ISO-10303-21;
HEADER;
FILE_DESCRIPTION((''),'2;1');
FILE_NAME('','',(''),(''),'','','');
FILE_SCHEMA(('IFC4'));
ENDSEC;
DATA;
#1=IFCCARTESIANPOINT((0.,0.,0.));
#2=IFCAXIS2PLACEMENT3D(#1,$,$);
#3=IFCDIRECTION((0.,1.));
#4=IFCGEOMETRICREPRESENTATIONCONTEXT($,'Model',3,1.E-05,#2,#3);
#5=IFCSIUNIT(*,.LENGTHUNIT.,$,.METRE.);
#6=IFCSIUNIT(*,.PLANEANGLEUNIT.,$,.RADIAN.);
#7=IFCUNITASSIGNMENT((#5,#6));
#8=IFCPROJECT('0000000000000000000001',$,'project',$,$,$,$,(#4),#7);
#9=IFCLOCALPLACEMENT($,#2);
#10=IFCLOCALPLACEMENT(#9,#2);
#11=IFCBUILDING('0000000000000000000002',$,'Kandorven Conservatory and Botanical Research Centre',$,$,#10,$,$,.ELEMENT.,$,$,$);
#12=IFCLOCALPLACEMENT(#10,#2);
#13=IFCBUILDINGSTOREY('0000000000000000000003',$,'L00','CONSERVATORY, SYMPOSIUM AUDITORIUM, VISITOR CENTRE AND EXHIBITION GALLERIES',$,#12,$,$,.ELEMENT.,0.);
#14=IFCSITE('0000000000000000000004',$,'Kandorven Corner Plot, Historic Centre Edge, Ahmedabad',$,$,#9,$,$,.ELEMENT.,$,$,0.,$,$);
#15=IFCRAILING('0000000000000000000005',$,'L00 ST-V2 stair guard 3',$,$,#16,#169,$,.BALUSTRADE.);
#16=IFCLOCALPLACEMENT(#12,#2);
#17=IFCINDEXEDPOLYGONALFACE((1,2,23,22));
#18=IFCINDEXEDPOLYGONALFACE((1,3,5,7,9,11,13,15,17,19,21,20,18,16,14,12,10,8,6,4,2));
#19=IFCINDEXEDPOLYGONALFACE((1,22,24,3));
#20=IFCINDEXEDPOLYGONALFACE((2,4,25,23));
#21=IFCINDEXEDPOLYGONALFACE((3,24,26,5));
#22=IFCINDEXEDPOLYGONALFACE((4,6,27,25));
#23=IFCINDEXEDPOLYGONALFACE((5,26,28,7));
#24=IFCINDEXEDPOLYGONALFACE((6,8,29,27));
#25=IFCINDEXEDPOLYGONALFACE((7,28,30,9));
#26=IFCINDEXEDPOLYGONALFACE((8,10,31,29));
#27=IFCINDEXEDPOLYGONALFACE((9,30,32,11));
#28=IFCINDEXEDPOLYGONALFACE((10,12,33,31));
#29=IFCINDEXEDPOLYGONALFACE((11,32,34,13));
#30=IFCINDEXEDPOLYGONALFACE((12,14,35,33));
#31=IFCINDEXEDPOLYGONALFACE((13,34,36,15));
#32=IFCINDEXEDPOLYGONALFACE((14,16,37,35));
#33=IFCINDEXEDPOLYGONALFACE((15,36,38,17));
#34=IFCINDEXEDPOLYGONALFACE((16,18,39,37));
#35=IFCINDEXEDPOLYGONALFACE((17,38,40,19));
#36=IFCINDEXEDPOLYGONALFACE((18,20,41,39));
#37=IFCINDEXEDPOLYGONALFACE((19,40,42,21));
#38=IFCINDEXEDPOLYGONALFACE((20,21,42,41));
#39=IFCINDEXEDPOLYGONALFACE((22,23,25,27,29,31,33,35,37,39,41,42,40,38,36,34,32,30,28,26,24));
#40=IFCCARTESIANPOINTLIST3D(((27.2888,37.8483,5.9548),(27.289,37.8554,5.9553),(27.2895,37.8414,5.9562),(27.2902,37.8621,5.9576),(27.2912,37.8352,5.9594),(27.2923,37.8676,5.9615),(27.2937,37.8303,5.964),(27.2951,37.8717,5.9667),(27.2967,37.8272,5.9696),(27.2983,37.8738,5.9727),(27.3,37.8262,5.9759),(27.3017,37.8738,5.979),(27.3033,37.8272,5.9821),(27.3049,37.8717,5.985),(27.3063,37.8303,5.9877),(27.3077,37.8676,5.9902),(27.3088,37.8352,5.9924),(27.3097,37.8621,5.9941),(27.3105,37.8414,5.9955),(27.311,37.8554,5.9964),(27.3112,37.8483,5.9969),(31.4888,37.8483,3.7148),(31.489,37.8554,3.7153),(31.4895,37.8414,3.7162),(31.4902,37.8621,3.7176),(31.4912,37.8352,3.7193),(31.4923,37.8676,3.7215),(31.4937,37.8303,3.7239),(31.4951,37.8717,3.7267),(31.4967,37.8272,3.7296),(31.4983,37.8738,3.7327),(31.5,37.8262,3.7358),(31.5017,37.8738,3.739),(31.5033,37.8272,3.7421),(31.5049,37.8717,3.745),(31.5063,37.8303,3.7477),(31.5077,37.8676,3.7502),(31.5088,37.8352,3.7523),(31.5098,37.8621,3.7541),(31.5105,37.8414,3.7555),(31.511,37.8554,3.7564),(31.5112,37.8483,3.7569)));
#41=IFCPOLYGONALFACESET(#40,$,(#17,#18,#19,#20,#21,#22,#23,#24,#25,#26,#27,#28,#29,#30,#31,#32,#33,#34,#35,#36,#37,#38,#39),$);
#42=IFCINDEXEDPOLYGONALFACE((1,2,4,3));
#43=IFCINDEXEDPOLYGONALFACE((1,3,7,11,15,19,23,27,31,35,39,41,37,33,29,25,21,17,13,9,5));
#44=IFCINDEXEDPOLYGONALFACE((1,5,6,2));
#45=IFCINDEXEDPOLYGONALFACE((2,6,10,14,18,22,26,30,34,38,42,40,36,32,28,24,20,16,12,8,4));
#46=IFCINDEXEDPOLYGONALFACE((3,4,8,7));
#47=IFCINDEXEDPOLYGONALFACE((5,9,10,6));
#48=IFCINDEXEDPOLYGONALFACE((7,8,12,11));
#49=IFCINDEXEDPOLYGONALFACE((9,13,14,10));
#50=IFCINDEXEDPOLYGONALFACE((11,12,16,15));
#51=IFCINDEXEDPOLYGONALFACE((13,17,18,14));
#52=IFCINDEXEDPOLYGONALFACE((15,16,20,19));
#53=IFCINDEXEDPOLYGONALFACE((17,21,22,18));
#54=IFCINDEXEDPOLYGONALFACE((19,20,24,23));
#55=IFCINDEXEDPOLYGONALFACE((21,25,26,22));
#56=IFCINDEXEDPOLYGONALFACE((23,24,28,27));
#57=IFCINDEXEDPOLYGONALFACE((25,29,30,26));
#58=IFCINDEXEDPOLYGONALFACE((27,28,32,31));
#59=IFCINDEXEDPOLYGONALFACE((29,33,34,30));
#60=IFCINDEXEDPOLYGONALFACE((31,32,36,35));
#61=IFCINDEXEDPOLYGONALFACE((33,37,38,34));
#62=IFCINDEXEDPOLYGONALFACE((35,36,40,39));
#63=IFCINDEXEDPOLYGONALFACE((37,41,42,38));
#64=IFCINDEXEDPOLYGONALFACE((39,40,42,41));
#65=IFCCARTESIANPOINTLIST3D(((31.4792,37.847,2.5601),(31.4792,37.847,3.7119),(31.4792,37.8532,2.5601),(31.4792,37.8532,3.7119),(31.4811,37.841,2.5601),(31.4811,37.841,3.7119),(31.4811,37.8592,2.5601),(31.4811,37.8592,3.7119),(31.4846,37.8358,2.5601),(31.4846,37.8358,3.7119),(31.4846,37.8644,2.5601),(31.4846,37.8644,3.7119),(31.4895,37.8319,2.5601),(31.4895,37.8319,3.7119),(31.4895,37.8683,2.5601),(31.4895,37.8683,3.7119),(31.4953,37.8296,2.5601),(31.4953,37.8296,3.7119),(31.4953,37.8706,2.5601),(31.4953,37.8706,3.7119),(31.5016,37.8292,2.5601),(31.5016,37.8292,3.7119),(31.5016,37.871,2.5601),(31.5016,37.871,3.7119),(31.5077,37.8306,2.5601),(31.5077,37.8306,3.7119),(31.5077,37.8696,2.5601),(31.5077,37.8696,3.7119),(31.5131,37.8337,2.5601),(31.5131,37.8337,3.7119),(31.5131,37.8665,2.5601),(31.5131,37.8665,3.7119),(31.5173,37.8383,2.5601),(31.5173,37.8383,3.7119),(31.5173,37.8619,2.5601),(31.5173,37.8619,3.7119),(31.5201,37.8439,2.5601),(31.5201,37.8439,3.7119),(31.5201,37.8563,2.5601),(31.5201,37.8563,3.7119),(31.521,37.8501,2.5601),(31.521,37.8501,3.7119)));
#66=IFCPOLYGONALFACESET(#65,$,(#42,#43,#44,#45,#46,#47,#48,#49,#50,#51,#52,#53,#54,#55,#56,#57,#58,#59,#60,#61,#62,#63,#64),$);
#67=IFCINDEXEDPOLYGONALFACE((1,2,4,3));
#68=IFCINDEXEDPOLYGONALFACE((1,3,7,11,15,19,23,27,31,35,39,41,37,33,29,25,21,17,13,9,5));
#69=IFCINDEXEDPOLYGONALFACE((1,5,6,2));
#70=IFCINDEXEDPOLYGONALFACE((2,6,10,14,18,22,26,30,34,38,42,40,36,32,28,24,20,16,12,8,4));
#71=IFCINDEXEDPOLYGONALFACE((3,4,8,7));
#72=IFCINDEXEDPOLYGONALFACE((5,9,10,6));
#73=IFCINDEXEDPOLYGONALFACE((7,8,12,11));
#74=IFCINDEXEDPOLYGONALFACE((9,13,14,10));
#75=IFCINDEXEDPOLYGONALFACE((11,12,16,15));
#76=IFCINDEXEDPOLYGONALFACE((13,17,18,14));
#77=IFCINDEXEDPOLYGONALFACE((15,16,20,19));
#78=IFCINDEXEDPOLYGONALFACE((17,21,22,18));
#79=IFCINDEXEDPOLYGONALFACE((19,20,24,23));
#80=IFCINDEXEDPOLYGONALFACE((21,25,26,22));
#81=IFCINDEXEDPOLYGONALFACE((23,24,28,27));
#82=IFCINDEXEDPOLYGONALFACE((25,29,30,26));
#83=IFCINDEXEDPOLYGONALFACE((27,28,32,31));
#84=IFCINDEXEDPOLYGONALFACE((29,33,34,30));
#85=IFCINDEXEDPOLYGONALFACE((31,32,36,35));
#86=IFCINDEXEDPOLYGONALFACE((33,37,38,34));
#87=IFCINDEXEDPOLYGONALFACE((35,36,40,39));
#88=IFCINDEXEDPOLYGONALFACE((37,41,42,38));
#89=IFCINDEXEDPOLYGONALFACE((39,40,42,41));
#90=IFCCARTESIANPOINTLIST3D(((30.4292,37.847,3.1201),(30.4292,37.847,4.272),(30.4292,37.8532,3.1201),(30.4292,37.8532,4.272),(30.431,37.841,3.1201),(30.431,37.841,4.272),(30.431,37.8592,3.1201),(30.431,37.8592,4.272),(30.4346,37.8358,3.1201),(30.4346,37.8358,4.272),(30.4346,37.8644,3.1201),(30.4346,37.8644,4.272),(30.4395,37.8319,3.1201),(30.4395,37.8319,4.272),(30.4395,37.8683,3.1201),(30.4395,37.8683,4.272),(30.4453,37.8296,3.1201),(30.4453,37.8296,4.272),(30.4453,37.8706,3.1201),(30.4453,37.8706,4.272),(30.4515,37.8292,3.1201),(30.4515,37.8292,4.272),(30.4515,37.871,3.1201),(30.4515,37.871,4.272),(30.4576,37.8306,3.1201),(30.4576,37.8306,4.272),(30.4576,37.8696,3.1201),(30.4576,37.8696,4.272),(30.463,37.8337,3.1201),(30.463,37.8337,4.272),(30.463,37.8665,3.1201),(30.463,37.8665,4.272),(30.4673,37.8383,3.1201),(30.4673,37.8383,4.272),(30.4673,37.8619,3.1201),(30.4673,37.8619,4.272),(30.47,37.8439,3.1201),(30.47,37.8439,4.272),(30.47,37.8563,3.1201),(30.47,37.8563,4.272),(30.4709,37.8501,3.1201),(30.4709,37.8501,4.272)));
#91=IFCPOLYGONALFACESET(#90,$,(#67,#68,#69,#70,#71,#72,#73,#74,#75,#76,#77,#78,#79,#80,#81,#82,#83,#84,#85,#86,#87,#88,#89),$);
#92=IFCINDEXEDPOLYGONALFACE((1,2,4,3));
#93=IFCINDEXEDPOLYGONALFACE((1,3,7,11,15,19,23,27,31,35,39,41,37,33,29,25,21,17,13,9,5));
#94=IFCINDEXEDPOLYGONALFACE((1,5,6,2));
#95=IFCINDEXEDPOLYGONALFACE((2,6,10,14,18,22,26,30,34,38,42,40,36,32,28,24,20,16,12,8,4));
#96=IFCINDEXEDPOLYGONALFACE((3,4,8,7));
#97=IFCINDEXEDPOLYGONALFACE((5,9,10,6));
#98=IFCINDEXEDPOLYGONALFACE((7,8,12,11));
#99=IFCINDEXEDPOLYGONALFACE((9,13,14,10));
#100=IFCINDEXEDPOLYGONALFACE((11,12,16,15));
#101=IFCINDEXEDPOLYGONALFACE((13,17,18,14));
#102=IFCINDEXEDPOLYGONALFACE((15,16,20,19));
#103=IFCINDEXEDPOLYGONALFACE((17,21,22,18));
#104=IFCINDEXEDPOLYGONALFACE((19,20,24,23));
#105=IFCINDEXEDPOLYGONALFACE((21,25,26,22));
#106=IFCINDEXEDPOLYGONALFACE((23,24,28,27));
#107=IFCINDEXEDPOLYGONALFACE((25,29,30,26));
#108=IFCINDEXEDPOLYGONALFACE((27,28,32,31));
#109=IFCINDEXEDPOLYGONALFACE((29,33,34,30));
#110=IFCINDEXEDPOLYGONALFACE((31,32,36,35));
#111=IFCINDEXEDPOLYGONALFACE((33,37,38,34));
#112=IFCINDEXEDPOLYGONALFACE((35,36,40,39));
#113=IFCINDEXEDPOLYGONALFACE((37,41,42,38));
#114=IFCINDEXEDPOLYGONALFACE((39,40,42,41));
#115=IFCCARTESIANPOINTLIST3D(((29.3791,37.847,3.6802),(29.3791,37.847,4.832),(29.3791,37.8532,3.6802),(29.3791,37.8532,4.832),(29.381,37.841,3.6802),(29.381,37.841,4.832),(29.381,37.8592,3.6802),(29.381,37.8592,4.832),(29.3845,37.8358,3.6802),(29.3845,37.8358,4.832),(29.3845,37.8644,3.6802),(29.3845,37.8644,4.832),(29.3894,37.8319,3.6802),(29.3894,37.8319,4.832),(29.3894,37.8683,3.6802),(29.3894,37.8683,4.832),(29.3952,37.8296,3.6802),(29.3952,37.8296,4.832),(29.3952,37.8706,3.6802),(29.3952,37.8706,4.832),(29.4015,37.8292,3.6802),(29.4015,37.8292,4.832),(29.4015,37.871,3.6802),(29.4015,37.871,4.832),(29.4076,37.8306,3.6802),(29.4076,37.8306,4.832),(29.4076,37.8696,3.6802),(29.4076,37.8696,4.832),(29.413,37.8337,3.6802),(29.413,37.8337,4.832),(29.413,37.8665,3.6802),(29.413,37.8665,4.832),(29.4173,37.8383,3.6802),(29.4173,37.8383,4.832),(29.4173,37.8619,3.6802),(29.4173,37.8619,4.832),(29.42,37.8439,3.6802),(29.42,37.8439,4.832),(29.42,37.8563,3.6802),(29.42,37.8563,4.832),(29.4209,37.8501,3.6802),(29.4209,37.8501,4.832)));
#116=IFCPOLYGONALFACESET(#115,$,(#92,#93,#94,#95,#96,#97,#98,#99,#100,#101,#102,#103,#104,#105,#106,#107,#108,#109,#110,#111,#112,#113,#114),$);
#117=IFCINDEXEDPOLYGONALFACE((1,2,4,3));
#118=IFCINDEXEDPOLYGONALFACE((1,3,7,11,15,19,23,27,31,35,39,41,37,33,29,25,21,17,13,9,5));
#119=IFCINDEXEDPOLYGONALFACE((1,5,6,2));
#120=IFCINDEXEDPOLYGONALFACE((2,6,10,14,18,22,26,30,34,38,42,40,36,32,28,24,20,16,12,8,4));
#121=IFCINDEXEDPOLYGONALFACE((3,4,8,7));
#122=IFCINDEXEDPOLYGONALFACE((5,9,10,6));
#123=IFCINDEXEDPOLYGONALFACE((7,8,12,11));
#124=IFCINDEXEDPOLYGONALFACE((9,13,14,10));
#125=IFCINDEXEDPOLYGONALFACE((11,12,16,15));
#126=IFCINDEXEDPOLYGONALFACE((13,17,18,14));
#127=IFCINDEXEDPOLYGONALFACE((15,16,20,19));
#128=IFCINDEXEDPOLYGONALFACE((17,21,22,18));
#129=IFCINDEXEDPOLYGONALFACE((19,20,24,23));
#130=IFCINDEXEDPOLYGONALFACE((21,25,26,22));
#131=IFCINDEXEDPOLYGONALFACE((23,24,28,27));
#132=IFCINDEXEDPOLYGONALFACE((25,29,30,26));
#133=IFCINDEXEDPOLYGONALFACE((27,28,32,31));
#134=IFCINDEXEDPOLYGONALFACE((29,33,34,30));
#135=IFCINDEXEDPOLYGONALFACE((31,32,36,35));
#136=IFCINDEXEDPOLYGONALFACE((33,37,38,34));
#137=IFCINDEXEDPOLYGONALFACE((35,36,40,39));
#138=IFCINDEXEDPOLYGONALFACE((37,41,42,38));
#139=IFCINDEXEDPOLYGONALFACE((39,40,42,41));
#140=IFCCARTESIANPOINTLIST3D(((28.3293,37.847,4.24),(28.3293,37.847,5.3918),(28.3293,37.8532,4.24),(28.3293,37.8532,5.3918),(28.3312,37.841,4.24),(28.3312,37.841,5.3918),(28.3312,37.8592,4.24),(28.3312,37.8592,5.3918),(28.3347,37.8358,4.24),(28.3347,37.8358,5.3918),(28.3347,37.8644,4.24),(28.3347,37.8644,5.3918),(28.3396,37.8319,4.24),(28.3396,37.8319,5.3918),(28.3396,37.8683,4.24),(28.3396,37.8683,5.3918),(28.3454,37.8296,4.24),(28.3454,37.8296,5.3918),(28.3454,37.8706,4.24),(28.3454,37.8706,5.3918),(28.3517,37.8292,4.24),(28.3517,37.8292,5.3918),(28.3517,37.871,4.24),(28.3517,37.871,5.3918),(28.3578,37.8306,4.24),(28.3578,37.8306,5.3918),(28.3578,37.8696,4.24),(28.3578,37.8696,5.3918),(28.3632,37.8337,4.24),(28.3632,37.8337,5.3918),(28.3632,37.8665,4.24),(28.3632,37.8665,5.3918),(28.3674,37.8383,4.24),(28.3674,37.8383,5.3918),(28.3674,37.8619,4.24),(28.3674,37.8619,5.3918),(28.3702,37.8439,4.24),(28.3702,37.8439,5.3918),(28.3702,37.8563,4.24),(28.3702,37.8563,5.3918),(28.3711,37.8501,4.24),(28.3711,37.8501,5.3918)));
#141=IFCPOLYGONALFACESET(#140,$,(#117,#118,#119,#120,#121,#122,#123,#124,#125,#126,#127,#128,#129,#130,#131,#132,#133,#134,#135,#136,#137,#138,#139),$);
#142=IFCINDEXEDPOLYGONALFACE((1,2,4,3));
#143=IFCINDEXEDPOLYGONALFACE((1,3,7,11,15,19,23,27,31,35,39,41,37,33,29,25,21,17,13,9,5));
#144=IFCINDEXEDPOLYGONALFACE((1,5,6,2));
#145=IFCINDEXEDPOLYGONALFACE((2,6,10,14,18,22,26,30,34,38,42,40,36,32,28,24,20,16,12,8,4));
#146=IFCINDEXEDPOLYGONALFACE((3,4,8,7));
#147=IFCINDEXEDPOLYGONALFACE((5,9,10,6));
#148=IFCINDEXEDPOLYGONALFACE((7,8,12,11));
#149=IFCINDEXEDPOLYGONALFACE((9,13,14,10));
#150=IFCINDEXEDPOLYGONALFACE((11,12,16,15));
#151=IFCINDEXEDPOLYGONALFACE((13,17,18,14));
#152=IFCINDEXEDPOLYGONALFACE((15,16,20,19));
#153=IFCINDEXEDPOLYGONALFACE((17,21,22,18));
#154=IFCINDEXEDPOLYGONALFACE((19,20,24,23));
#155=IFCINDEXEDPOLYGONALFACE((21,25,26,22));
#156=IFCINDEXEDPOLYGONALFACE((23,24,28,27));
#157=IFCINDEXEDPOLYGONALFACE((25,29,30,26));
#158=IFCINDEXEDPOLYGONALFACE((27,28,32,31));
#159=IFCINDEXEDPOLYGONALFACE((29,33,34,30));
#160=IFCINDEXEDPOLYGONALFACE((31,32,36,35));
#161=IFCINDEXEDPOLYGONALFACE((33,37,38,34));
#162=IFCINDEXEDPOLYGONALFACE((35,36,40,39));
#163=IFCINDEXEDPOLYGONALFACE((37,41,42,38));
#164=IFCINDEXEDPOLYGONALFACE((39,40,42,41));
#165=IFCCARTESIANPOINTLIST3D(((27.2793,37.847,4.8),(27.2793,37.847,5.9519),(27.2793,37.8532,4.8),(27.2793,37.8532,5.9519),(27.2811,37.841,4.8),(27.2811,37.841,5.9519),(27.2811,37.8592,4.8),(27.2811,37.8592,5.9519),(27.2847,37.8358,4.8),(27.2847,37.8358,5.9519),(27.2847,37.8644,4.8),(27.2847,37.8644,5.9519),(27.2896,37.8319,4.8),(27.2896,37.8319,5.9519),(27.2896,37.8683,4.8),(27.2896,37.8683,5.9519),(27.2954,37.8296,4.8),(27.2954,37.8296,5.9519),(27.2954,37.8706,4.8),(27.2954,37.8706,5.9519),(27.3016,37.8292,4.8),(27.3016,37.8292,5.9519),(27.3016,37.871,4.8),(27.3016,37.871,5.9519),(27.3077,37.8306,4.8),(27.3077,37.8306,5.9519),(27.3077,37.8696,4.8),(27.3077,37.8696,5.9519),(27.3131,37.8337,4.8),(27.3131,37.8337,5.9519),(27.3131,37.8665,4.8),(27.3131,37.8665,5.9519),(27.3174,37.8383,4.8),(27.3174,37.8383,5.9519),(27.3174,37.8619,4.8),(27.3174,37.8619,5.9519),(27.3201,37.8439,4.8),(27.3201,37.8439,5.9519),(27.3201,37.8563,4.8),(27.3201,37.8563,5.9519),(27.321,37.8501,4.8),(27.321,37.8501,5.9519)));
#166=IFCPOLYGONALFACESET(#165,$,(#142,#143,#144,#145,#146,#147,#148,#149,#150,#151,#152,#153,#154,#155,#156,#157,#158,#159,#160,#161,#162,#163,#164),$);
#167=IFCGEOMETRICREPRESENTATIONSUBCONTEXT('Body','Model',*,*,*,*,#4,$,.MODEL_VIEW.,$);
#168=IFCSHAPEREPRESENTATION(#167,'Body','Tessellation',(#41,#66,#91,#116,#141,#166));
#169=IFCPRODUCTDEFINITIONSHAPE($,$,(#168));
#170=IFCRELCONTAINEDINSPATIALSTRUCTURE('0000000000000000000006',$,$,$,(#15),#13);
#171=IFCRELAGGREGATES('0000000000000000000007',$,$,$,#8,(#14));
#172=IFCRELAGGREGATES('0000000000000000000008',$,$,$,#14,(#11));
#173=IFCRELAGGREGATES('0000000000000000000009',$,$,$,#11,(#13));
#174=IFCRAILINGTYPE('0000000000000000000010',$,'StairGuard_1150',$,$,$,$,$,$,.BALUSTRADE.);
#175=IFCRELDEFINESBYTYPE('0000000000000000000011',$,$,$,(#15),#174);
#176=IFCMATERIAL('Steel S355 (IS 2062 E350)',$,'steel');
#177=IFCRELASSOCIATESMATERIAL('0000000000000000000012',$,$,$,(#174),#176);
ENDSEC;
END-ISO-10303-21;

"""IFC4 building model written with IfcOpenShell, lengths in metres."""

from ifc_helpers import new_model, si_unit, direction, frame, origin, origin_2d, place, context, subcontext, project, spatial, circle, extrude, material, type_object, element, save


model = new_model("IFC4")

# Units and contexts
model_context = context("Model", 3, precision=1e-05, world=origin(), true_north=direction((0.0, 1.0)))
body_context = subcontext(model_context, "Body", "Model", "MODEL_VIEW")
ifc_project = project(units=[si_unit("LENGTHUNIT", "METRE"), si_unit("PLANEANGLEUNIT", "RADIAN")], contexts=[model_context])

# Site, building, storey
site_placement = place(None, origin())
site = spatial("IfcSite", under=ifc_project, at=site_placement, Name="Kandorven Corner Plot, Historic Centre Edge, Ahmedabad", CompositionType="ELEMENT", RefElevation=0.0)
building_placement = place(site_placement, origin())
building = spatial("IfcBuilding", under=site, at=building_placement, Name="Kandorven Conservatory and Botanical Research Centre", CompositionType="ELEMENT")
storey_placement = place(building_placement, origin())
storey = spatial("IfcBuildingStorey", under=building, at=storey_placement, Name="L00", Description="CONSERVATORY, SYMPOSIUM AUDITORIUM, VISITOR CENTRE AND EXHIBITION GALLERIES", CompositionType="ELEMENT", Elevation=0.0)

# Railing
ifc_material_1 = material(Name="Steel S355 (IS 2062 E350)", Category="steel")
railing_type_1 = type_object("IfcRailingType", Name="StairGuard_1150", PredefinedType="BALUSTRADE", material=ifc_material_1)
railing_1_placement = place(storey_placement, frame((31.5, 37.8501, 2.5601)))
element("IfcRailing", 1, at=railing_1_placement, inside=storey, type_object=railing_type_1, Name="L00 ST-V2 stair guard 3", PredefinedType="BALUSTRADE", context=body_context, shape_type="SweptSolid", body=[
    extrude(circle(Radius=0.0239, at=origin_2d()), frame((0.0, 0.0, 1.1758), z_axis=(-0.882352, 0.0, 0.470591), x_axis=(0.0, -1.0, 0.0)), (0.0, 0.0, 1.0), 4.76),
    extrude(circle(Radius=0.021, at=origin_2d()), origin(), (0.0, 0.0, 1.0), 1.1519),
    extrude(circle(Radius=0.021, at=origin_2d()), frame((-1.05, 0.0, 0.5601)), (0.0, 0.0, 1.0), 1.1519),
    extrude(circle(Radius=0.021, at=origin_2d()), frame((-2.1001, 0.0, 1.1201)), (0.0, 0.0, 1.0), 1.1519),
    extrude(circle(Radius=0.021, at=origin_2d()), frame((-3.1499, 0.0, 1.6799)), (0.0, 0.0, 1.0), 1.1519),
    extrude(circle(Radius=0.021, at=origin_2d()), frame((-4.2, 0.0, 2.24)), (0.0, 0.0, 1.0), 1.1519),
])

save(model, "model.ifc")
